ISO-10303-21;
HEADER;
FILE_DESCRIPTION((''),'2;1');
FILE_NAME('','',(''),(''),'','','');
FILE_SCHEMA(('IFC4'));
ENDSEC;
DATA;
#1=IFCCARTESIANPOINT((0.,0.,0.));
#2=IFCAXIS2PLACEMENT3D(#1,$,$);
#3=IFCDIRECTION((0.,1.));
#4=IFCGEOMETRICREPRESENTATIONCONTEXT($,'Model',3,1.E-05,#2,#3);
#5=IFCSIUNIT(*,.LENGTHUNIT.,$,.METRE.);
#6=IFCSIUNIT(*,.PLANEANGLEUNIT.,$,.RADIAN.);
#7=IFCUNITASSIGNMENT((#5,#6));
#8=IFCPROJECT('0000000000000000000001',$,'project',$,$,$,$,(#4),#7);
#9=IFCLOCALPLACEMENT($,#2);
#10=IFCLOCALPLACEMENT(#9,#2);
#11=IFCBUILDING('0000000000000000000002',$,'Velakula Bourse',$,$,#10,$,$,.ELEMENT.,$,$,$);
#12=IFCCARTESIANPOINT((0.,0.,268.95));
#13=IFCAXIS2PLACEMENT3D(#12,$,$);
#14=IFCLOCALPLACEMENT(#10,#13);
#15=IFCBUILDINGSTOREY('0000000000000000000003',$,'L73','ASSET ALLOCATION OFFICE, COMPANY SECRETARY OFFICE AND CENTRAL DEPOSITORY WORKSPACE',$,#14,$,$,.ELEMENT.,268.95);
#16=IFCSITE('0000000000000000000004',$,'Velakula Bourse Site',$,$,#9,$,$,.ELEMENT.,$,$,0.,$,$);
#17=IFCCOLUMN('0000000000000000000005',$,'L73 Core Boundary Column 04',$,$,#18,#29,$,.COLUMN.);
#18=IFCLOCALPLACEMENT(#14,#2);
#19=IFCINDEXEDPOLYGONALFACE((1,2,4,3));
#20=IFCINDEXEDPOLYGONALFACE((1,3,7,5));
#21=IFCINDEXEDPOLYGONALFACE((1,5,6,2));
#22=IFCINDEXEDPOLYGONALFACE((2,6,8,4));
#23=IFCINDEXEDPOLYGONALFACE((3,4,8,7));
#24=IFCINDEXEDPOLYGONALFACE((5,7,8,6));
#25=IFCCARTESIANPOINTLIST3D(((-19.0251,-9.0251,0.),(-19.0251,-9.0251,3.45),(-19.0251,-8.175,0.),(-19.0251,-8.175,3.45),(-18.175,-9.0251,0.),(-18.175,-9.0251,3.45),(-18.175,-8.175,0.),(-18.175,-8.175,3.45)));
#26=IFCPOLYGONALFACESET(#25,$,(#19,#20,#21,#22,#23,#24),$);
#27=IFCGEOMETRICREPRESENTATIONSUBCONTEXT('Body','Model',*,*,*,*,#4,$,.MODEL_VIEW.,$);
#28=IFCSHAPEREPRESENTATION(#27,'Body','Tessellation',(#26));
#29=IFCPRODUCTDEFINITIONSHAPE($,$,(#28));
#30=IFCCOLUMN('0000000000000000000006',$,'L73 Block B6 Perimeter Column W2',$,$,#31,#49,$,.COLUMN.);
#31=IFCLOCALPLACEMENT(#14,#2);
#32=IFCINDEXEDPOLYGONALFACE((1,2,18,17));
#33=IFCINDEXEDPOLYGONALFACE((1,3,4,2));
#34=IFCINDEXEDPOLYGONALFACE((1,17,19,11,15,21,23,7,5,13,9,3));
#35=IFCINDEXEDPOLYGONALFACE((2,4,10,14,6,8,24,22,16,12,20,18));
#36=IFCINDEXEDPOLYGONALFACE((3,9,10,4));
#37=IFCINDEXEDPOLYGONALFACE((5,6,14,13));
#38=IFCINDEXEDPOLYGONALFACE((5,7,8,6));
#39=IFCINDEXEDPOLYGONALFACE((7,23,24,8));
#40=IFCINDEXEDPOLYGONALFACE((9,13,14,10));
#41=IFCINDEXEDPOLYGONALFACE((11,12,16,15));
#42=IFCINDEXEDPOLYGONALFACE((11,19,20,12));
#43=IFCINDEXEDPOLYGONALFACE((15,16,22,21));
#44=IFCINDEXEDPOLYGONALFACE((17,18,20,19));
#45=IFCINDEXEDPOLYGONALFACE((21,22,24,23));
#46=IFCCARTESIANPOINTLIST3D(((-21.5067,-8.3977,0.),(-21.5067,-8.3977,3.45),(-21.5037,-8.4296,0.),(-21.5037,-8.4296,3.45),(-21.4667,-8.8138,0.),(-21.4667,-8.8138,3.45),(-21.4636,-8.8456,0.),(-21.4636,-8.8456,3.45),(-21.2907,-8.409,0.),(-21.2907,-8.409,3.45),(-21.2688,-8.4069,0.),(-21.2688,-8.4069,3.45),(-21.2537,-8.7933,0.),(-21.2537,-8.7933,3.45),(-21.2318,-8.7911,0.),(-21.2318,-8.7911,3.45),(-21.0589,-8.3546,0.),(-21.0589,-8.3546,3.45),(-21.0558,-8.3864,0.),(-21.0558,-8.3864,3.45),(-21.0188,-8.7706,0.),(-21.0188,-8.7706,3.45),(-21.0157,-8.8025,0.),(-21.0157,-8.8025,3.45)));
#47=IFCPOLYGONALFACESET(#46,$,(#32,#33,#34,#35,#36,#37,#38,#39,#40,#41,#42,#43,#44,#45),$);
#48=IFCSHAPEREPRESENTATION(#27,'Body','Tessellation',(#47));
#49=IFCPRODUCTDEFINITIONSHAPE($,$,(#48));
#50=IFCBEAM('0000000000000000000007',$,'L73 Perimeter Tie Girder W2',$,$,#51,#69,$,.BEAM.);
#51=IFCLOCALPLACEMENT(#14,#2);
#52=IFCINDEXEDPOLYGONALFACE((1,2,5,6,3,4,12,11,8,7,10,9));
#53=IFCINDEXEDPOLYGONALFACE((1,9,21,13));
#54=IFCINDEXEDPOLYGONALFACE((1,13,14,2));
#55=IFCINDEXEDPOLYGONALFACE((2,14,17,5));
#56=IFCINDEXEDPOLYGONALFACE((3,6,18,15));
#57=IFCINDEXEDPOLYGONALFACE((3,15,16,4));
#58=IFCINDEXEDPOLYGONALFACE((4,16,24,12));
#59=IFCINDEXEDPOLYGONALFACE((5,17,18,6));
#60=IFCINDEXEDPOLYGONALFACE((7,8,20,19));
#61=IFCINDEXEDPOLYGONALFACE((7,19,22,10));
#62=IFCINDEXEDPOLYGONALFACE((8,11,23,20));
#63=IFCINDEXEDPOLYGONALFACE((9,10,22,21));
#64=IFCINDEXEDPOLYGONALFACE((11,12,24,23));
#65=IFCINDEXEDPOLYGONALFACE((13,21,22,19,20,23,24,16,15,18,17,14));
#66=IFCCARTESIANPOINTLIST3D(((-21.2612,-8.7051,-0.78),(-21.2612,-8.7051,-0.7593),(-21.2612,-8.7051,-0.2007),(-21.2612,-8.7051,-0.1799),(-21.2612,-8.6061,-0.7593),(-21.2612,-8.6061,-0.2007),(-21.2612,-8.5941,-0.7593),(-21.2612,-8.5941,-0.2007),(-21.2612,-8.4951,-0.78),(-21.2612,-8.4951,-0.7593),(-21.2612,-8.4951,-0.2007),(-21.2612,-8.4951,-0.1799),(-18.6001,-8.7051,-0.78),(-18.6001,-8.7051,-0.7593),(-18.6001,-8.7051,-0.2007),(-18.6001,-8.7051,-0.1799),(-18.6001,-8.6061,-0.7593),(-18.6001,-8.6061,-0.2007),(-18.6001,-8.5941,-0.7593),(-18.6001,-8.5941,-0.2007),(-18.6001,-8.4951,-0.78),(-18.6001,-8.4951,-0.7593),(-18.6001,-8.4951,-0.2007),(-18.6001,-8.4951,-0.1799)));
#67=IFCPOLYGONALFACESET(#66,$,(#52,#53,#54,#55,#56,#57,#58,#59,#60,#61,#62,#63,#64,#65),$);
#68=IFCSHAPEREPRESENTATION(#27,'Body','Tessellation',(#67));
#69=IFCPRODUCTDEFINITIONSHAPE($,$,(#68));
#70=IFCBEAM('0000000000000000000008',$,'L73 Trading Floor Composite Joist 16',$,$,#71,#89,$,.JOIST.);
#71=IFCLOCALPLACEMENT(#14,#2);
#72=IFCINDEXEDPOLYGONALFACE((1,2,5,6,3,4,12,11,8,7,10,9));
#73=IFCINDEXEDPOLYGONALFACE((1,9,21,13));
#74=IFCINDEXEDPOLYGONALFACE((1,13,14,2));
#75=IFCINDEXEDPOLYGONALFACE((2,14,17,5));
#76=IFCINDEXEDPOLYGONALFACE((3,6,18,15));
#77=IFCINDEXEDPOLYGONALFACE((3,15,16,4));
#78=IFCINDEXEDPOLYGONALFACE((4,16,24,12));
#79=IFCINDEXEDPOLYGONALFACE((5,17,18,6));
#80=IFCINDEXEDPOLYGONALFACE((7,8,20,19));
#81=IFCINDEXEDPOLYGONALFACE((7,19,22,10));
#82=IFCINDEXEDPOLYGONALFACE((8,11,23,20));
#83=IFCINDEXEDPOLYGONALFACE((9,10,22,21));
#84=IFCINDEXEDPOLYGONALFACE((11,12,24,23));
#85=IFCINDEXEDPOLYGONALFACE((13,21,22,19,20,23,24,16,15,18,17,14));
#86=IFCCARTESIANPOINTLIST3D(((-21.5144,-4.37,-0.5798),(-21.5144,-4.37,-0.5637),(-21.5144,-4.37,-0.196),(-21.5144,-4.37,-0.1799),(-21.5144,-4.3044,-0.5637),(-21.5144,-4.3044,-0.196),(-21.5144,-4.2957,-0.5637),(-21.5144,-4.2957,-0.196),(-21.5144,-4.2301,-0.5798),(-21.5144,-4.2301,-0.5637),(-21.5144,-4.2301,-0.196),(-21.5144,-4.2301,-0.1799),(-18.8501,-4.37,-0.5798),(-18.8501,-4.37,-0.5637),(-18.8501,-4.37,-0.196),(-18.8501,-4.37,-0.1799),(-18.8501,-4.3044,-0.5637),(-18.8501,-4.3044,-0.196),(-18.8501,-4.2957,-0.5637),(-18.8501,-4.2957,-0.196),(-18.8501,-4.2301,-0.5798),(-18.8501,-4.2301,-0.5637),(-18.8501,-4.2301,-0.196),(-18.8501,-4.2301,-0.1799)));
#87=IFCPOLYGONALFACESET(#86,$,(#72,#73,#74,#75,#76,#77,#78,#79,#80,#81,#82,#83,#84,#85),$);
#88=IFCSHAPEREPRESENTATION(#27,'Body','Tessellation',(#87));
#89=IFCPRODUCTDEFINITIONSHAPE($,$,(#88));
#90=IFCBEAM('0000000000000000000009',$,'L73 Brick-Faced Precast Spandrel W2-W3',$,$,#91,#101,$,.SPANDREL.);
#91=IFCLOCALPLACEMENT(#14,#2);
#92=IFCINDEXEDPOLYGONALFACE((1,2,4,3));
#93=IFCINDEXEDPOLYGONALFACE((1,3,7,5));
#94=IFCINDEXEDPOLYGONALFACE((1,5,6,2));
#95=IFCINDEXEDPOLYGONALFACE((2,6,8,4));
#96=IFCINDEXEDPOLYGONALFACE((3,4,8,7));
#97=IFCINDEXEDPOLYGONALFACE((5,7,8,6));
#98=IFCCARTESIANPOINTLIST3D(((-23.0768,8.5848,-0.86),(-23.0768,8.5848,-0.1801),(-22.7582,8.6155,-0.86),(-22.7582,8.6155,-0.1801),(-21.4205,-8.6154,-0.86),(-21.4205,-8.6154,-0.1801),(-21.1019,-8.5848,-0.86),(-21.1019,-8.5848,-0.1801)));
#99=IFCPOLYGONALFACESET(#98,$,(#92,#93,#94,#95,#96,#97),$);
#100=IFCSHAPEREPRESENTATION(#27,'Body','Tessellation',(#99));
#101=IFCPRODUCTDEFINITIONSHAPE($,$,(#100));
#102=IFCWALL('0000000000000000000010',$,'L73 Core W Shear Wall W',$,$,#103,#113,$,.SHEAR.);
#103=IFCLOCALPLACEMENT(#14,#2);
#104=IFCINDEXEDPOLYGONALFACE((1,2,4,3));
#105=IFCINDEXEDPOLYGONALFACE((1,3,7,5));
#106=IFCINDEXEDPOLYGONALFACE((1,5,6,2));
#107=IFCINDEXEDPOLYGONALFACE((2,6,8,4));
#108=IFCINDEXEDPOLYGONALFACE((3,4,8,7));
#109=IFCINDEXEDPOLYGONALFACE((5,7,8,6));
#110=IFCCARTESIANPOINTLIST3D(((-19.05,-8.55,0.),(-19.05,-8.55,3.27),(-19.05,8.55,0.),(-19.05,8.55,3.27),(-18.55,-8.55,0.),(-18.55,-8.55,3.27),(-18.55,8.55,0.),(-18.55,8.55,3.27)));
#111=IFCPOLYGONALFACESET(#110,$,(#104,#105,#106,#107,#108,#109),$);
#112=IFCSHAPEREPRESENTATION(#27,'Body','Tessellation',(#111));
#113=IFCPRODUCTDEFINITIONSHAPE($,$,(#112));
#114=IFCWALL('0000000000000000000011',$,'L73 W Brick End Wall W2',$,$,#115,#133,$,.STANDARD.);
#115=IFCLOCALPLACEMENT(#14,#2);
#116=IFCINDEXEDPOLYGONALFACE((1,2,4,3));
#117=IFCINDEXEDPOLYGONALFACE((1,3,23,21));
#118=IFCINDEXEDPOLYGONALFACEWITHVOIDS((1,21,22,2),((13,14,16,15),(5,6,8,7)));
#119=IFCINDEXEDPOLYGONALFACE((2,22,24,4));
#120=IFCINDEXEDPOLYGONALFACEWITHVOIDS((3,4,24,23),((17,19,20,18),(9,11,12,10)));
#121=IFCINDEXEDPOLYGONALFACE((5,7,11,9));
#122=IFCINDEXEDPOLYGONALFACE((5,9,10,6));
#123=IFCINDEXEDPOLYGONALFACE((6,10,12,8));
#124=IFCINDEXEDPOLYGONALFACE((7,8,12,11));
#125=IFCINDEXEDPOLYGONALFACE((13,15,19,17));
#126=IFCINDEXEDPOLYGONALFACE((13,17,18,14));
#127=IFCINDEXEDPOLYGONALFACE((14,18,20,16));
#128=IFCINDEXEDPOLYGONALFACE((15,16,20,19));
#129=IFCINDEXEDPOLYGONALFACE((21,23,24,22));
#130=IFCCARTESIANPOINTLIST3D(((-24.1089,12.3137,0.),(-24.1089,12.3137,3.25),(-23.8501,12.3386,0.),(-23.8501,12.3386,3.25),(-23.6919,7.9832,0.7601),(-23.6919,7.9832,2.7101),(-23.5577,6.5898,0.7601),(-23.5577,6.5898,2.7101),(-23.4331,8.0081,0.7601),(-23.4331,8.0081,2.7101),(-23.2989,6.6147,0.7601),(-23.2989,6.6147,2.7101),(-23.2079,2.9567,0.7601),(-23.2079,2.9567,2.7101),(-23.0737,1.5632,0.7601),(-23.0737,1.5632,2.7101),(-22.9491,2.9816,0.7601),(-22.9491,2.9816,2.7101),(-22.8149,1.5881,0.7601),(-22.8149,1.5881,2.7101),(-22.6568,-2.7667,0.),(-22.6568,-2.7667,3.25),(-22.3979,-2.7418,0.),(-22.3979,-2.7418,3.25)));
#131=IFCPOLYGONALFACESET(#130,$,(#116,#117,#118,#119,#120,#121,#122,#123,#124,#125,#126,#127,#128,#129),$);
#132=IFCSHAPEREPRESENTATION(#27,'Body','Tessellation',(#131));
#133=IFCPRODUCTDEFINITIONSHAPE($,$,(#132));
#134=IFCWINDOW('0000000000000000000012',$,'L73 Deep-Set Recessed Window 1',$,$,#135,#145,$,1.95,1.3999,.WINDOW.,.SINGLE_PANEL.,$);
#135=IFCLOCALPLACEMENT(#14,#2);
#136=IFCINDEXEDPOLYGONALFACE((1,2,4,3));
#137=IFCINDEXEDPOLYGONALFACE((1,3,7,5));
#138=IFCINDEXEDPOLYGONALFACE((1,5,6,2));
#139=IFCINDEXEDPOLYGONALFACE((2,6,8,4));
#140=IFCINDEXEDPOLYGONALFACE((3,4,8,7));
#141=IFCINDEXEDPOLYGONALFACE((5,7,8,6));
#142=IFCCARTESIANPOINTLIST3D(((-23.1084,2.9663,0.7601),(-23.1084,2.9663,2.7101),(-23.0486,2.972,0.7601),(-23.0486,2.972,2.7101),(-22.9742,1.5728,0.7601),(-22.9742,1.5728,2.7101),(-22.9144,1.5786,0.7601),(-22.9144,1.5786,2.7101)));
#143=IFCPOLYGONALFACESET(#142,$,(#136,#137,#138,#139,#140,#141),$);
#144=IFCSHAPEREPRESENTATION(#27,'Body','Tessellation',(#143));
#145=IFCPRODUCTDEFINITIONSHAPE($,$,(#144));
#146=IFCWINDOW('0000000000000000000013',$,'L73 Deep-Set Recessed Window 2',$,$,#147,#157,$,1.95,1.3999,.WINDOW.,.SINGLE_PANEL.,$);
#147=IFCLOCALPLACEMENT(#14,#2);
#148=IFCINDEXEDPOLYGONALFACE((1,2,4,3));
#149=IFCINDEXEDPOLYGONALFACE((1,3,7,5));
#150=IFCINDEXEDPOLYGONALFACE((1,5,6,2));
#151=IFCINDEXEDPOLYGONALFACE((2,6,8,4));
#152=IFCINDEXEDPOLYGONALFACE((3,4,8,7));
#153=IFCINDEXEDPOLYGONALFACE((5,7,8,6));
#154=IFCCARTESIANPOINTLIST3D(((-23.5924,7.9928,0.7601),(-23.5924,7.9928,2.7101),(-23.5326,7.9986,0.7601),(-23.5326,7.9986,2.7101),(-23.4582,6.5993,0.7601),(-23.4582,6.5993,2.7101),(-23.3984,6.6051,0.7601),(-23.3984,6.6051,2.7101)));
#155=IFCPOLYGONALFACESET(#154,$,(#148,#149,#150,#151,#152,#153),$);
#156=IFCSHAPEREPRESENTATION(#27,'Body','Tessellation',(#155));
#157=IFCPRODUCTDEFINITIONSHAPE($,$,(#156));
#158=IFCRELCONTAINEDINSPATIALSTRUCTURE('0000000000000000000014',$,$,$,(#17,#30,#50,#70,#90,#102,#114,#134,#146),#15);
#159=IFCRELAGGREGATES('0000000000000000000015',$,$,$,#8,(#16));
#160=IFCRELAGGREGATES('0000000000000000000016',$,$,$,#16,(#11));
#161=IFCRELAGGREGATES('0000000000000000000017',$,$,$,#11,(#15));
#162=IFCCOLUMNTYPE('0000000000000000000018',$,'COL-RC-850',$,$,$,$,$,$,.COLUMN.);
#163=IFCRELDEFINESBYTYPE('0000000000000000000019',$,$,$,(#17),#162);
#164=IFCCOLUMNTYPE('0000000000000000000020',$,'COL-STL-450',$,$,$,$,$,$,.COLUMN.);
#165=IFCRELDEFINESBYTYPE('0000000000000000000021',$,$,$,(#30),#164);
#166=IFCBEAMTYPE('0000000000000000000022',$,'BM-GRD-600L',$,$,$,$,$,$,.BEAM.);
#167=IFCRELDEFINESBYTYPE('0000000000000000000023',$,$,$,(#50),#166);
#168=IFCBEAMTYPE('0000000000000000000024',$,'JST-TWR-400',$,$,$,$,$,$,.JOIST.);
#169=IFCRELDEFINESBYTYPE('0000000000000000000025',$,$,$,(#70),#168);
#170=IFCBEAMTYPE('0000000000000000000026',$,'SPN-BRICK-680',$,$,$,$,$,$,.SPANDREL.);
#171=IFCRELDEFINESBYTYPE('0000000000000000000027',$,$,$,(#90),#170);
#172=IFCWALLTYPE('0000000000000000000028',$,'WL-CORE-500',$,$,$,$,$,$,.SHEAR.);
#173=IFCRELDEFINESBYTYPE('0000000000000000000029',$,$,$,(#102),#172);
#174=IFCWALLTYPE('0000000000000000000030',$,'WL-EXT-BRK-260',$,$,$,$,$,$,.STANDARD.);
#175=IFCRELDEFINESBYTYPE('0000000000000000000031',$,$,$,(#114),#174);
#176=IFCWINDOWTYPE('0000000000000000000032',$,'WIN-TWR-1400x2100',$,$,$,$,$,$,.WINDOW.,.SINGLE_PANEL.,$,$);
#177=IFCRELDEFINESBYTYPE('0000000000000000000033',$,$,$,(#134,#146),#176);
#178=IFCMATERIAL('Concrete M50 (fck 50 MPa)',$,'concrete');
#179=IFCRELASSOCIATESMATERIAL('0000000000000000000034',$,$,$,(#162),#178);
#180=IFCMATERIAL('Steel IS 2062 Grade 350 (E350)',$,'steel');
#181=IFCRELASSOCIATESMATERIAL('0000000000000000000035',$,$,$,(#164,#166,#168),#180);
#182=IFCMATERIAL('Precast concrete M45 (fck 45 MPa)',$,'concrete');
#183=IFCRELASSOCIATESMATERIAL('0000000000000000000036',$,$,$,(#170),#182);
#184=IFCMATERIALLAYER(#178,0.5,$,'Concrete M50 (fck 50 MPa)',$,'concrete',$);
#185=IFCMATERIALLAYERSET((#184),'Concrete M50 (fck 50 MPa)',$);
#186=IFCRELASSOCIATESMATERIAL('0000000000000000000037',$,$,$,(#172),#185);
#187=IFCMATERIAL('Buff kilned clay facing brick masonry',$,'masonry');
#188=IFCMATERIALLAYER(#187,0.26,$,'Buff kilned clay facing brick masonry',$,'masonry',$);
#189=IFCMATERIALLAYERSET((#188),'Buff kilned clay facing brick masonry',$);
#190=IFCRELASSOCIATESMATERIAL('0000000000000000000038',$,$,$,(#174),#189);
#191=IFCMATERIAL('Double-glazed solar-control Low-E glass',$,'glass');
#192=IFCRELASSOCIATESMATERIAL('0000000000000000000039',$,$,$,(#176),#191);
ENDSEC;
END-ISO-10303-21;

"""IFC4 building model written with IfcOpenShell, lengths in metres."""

from ifc_helpers import new_model, si_unit, direction, frame, frame_2d, origin, origin_2d, place, context, subcontext, project, spatial, rectangle, i_section, extrude, material, layer, layer_set, material_profile, profile_set, type_object, element, fill, save


model = new_model("IFC4")

# Units and contexts
model_context = context("Model", 3, precision=1e-05, world=origin(), true_north=direction((0.0, 1.0)))
body_context = subcontext(model_context, "Body", "Model", "MODEL_VIEW")
ifc_project = project(units=[si_unit("LENGTHUNIT", "METRE"), si_unit("PLANEANGLEUNIT", "RADIAN")], contexts=[model_context])

# Site, building, storey
site_placement = place(None, origin())
site = spatial("IfcSite", under=ifc_project, at=site_placement, Name="Velakula Bourse Site", CompositionType="ELEMENT", RefElevation=0.0)
building_placement = place(site_placement, origin())
building = spatial("IfcBuilding", under=site, at=building_placement, Name="Velakula Bourse", CompositionType="ELEMENT")
storey_placement = place(building_placement, frame((0.0, 0.0, 268.95)))
storey = spatial("IfcBuildingStorey", under=building, at=storey_placement, Name="L73", Description="ASSET ALLOCATION OFFICE, COMPANY SECRETARY OFFICE AND CENTRAL DEPOSITORY WORKSPACE", CompositionType="ELEMENT", Elevation=268.95)

# Columns
ifc_material_1 = material(Name="Concrete M50 (fck 50 MPa)", Category="concrete")
ifc_material_profile_1 = material_profile(ifc_material_1, rectangle(XDim=0.8501, YDim=0.8501, at=origin_2d()), Name="Concrete M50 (fck 50 MPa)")
ifc_profile_set_1 = profile_set([ifc_material_profile_1], Name="Concrete M50 (fck 50 MPa)")
column_type_1 = type_object("IfcColumnType", Name="COL-RC-850", PredefinedType="COLUMN", material=ifc_profile_set_1)
column_1_placement = place(storey_placement, frame((-18.6001, -8.6001, 0.0), z_axis=(0.0, 0.0, 1.0), x_axis=(1.0, 0.0, 0.0)))
element("IfcColumn", 1, at=column_1_placement, inside=storey, type_object=column_type_1, Name="L73 Core Boundary Column 04", PredefinedType="COLUMN", context=body_context, shape_type="SweptSolid", body=[
    extrude(rectangle(XDim=0.8501, YDim=0.8501, at=origin_2d()), origin(), (0.0, 0.0, 1.0), 3.45),
])
ifc_material_2 = material(Name="Steel IS 2062 Grade 350 (E350)", Category="steel")
ifc_material_profile_2 = material_profile(ifc_material_2, i_section(OverallWidth=0.45, OverallDepth=0.45, WebThickness=0.022, FlangeThickness=0.032, at=origin_2d()), Name="Steel IS 2062 Grade 350 (E350)")
ifc_profile_set_2 = profile_set([ifc_material_profile_2], Name="Steel IS 2062 Grade 350 (E350)")
column_type_2 = type_object("IfcColumnType", Name="COL-STL-450", PredefinedType="COLUMN", material=ifc_profile_set_2)
column_2_placement = place(storey_placement, frame((-21.2612, -8.6001, 0.0), z_axis=(0.0, 0.0, 1.0), x_axis=(0.995396, 0.095846, 0.0)))
element("IfcColumn", 2, at=column_2_placement, inside=storey, type_object=column_type_2, Name="L73 Block B6 Perimeter Column W2", PredefinedType="COLUMN", context=body_context, shape_type="SweptSolid", body=[
    extrude(i_section(OverallWidth=0.45, OverallDepth=0.45, WebThickness=0.022, FlangeThickness=0.032, at=origin_2d()), origin(), (0.0, 0.0, 1.0), 3.45),
])

# Beams
ifc_material_profile_3 = material_profile(ifc_material_2, i_section(OverallWidth=0.21, OverallDepth=0.6001, WebThickness=0.012, FlangeThickness=0.0208, at=origin_2d()), Name="Steel IS 2062 Grade 350 (E350)")
ifc_profile_set_3 = profile_set([ifc_material_profile_3], Name="Steel IS 2062 Grade 350 (E350)")
beam_type_1 = type_object("IfcBeamType", Name="BM-GRD-600L", PredefinedType="BEAM", material=ifc_profile_set_3)
beam_1_placement = place(storey_placement, frame((-18.6001, -8.6001, -0.48), z_axis=(-1.0, 0.0, 0.0), x_axis=(0.0, -1.0, 0.0)))
element("IfcBeam", 3, at=beam_1_placement, inside=storey, type_object=beam_type_1, Name="L73 Perimeter Tie Girder W2", PredefinedType="BEAM", context=body_context, shape_type="SweptSolid", body=[
    extrude(i_section(OverallWidth=0.21, OverallDepth=0.6001, WebThickness=0.012, FlangeThickness=0.0208, at=origin_2d()), origin(), (0.0, 0.0, 1.0), 2.6611),
])
ifc_material_profile_4 = material_profile(ifc_material_2, i_section(OverallWidth=0.1399, OverallDepth=0.3999, WebThickness=0.0088, FlangeThickness=0.0161, at=origin_2d()), Name="Steel IS 2062 Grade 350 (E350)")
ifc_profile_set_4 = profile_set([ifc_material_profile_4], Name="Steel IS 2062 Grade 350 (E350)")
beam_type_2 = type_object("IfcBeamType", Name="JST-TWR-400", PredefinedType="JOIST", material=ifc_profile_set_4)
beam_2_placement = place(storey_placement, frame((-21.5144, -4.3, -0.3799), z_axis=(1.0, 0.0, 0.0), x_axis=(0.0, 1.0, 0.0)))
element("IfcBeam", 4, at=beam_2_placement, inside=storey, type_object=beam_type_2, Name="L73 Trading Floor Composite Joist 16", PredefinedType="JOIST", context=body_context, shape_type="SweptSolid", body=[
    extrude(i_section(OverallWidth=0.1399, OverallDepth=0.3999, WebThickness=0.0088, FlangeThickness=0.0161, at=origin_2d()), origin(), (0.0, 0.0, 1.0), 2.6643),
])
ifc_material_3 = material(Name="Precast concrete M45 (fck 45 MPa)", Category="concrete")
ifc_material_profile_5 = material_profile(ifc_material_3, rectangle(XDim=0.3201, YDim=0.6799, at=origin_2d()), Name="Precast concrete M45 (fck 45 MPa)")
ifc_profile_set_5 = profile_set([ifc_material_profile_5], Name="Precast concrete M45 (fck 45 MPa)")
beam_type_3 = type_object("IfcBeamType", Name="SPN-BRICK-680", PredefinedType="SPANDREL", material=ifc_profile_set_5)
beam_3_placement = place(storey_placement, frame((-21.2612, -8.6001, -0.52), z_axis=(-0.095849, 0.995396, 0.0), x_axis=(-0.995396, -0.095849, 0.0)))
element("IfcBeam", 5, at=beam_3_placement, inside=storey, type_object=beam_type_3, Name="L73 Brick-Faced Precast Spandrel W2-W3", PredefinedType="SPANDREL", context=body_context, shape_type="SweptSolid", body=[
    extrude(rectangle(XDim=0.3201, YDim=0.6799, at=origin_2d()), origin(), (0.0, 0.0, 1.0), 17.2798),
])

# Wall
ifc_layer_1 = layer(ifc_material_1, 0.5, Name="Concrete M50 (fck 50 MPa)", Category="concrete")
ifc_layer_set_1 = layer_set([ifc_layer_1], Name="Concrete M50 (fck 50 MPa)")
wall_type_1 = type_object("IfcWallType", Name="WL-CORE-500", PredefinedType="SHEAR", material=ifc_layer_set_1)
wall_1_placement = place(storey_placement, frame((-18.8, -8.55, 0.0), z_axis=(0.0, 0.0, 1.0), x_axis=(0.0, 1.0, 0.0)))
element("IfcWall", 6, at=wall_1_placement, inside=storey, type_object=wall_type_1, Name="L73 Core W Shear Wall W", PredefinedType="SHEAR", context=body_context, shape_type="SweptSolid", body=[
    extrude(rectangle(XDim=17.1001, YDim=0.5, at=frame_2d((8.55, 0.0))), origin(), (0.0, 0.0, 1.0), 3.27),
])

# Wall, openings, windows
ifc_material_4 = material(Name="Buff kilned clay facing brick masonry", Category="masonry")
ifc_layer_2 = layer(ifc_material_4, 0.26, Name="Buff kilned clay facing brick masonry", Category="masonry")
ifc_layer_set_2 = layer_set([ifc_layer_2], Name="Buff kilned clay facing brick masonry")
wall_type_2 = type_object("IfcWallType", Name="WL-EXT-BRK-260", PredefinedType="STANDARD", material=ifc_layer_set_2)
wall_2_placement = place(storey_placement, frame((-22.5273, -2.7544, 0.0), z_axis=(0.0, 0.0, 1.0), x_axis=(-0.095851, 0.995396, 0.0)))
wall_2 = element("IfcWall", 7, at=wall_2_placement, inside=storey, type_object=wall_type_2, Name="L73 W Brick End Wall W2", PredefinedType="STANDARD", context=body_context, shape_type="SweptSolid", body=[
    extrude(rectangle(XDim=15.1501, YDim=0.26, at=frame_2d((7.5752, 0.0))), origin(), (0.0, 0.0, 1.0), 3.25),
])
opening_1_placement = place(wall_2_placement, frame((4.3501, 0.0, 0.76)))
opening_1 = element("IfcOpeningElement", 8, at=opening_1_placement, cuts=wall_2, PredefinedType="OPENING", context=body_context, shape_type="SweptSolid", body=[
    extrude(rectangle(XDim=1.3999, YDim=1.95, at=frame_2d((0.7, 0.9751))), frame((0.0, 0.1399, 0.0), z_axis=(0.0, -1.0, 0.0), x_axis=(1.0, 0.0, 0.0)), (0.0, 0.0, 1.0), 0.28),
])
opening_2_placement = place(wall_2_placement, frame((9.3999, 0.0, 0.76)))
opening_2 = element("IfcOpeningElement", 9, at=opening_2_placement, cuts=wall_2, PredefinedType="OPENING", context=body_context, shape_type="SweptSolid", body=[
    extrude(rectangle(XDim=1.3999, YDim=1.95, at=frame_2d((0.7, 0.9751))), frame((0.0, 0.1399, 0.0), z_axis=(0.0, -1.0, 0.0), x_axis=(1.0, 0.0, 0.0)), (0.0, 0.0, 1.0), 0.28),
])
ifc_material_5 = material(Name="Double-glazed solar-control Low-E glass", Category="glass")
window_type = type_object("IfcWindowType", Name="WIN-TWR-1400x2100", PartitioningType="SINGLE_PANEL", PredefinedType="WINDOW", material=ifc_material_5)
window_1_placement = place(opening_1_placement, origin())
window_1 = element("IfcWindow", 10, at=window_1_placement, inside=storey, type_object=window_type, Name="L73 Deep-Set Recessed Window 1", OverallHeight=1.95, OverallWidth=1.3999, PartitioningType="SINGLE_PANEL", PredefinedType="WINDOW", context=body_context, shape_type="SweptSolid", body=[
    extrude(rectangle(XDim=1.3999, YDim=1.95, at=frame_2d((0.7, 0.9751))), frame((0.0, 0.03, 0.0), z_axis=(0.0, -1.0, 0.0), x_axis=(1.0, 0.0, 0.0)), (0.0, 0.0, 1.0), 0.0601),
])
fill(opening_1, window_1)
window_2_placement = place(opening_2_placement, origin())
window_2 = element("IfcWindow", 11, at=window_2_placement, inside=storey, type_object=window_type, Name="L73 Deep-Set Recessed Window 2", OverallHeight=1.95, OverallWidth=1.3999, PartitioningType="SINGLE_PANEL", PredefinedType="WINDOW", context=body_context, shape_type="SweptSolid", body=[
    extrude(rectangle(XDim=1.3999, YDim=1.95, at=frame_2d((0.7, 0.9751))), frame((0.0, 0.03, 0.0), z_axis=(0.0, -1.0, 0.0), x_axis=(1.0, 0.0, 0.0)), (0.0, 0.0, 1.0), 0.0601),
])
fill(opening_2, window_2)

save(model, "model.ifc")
